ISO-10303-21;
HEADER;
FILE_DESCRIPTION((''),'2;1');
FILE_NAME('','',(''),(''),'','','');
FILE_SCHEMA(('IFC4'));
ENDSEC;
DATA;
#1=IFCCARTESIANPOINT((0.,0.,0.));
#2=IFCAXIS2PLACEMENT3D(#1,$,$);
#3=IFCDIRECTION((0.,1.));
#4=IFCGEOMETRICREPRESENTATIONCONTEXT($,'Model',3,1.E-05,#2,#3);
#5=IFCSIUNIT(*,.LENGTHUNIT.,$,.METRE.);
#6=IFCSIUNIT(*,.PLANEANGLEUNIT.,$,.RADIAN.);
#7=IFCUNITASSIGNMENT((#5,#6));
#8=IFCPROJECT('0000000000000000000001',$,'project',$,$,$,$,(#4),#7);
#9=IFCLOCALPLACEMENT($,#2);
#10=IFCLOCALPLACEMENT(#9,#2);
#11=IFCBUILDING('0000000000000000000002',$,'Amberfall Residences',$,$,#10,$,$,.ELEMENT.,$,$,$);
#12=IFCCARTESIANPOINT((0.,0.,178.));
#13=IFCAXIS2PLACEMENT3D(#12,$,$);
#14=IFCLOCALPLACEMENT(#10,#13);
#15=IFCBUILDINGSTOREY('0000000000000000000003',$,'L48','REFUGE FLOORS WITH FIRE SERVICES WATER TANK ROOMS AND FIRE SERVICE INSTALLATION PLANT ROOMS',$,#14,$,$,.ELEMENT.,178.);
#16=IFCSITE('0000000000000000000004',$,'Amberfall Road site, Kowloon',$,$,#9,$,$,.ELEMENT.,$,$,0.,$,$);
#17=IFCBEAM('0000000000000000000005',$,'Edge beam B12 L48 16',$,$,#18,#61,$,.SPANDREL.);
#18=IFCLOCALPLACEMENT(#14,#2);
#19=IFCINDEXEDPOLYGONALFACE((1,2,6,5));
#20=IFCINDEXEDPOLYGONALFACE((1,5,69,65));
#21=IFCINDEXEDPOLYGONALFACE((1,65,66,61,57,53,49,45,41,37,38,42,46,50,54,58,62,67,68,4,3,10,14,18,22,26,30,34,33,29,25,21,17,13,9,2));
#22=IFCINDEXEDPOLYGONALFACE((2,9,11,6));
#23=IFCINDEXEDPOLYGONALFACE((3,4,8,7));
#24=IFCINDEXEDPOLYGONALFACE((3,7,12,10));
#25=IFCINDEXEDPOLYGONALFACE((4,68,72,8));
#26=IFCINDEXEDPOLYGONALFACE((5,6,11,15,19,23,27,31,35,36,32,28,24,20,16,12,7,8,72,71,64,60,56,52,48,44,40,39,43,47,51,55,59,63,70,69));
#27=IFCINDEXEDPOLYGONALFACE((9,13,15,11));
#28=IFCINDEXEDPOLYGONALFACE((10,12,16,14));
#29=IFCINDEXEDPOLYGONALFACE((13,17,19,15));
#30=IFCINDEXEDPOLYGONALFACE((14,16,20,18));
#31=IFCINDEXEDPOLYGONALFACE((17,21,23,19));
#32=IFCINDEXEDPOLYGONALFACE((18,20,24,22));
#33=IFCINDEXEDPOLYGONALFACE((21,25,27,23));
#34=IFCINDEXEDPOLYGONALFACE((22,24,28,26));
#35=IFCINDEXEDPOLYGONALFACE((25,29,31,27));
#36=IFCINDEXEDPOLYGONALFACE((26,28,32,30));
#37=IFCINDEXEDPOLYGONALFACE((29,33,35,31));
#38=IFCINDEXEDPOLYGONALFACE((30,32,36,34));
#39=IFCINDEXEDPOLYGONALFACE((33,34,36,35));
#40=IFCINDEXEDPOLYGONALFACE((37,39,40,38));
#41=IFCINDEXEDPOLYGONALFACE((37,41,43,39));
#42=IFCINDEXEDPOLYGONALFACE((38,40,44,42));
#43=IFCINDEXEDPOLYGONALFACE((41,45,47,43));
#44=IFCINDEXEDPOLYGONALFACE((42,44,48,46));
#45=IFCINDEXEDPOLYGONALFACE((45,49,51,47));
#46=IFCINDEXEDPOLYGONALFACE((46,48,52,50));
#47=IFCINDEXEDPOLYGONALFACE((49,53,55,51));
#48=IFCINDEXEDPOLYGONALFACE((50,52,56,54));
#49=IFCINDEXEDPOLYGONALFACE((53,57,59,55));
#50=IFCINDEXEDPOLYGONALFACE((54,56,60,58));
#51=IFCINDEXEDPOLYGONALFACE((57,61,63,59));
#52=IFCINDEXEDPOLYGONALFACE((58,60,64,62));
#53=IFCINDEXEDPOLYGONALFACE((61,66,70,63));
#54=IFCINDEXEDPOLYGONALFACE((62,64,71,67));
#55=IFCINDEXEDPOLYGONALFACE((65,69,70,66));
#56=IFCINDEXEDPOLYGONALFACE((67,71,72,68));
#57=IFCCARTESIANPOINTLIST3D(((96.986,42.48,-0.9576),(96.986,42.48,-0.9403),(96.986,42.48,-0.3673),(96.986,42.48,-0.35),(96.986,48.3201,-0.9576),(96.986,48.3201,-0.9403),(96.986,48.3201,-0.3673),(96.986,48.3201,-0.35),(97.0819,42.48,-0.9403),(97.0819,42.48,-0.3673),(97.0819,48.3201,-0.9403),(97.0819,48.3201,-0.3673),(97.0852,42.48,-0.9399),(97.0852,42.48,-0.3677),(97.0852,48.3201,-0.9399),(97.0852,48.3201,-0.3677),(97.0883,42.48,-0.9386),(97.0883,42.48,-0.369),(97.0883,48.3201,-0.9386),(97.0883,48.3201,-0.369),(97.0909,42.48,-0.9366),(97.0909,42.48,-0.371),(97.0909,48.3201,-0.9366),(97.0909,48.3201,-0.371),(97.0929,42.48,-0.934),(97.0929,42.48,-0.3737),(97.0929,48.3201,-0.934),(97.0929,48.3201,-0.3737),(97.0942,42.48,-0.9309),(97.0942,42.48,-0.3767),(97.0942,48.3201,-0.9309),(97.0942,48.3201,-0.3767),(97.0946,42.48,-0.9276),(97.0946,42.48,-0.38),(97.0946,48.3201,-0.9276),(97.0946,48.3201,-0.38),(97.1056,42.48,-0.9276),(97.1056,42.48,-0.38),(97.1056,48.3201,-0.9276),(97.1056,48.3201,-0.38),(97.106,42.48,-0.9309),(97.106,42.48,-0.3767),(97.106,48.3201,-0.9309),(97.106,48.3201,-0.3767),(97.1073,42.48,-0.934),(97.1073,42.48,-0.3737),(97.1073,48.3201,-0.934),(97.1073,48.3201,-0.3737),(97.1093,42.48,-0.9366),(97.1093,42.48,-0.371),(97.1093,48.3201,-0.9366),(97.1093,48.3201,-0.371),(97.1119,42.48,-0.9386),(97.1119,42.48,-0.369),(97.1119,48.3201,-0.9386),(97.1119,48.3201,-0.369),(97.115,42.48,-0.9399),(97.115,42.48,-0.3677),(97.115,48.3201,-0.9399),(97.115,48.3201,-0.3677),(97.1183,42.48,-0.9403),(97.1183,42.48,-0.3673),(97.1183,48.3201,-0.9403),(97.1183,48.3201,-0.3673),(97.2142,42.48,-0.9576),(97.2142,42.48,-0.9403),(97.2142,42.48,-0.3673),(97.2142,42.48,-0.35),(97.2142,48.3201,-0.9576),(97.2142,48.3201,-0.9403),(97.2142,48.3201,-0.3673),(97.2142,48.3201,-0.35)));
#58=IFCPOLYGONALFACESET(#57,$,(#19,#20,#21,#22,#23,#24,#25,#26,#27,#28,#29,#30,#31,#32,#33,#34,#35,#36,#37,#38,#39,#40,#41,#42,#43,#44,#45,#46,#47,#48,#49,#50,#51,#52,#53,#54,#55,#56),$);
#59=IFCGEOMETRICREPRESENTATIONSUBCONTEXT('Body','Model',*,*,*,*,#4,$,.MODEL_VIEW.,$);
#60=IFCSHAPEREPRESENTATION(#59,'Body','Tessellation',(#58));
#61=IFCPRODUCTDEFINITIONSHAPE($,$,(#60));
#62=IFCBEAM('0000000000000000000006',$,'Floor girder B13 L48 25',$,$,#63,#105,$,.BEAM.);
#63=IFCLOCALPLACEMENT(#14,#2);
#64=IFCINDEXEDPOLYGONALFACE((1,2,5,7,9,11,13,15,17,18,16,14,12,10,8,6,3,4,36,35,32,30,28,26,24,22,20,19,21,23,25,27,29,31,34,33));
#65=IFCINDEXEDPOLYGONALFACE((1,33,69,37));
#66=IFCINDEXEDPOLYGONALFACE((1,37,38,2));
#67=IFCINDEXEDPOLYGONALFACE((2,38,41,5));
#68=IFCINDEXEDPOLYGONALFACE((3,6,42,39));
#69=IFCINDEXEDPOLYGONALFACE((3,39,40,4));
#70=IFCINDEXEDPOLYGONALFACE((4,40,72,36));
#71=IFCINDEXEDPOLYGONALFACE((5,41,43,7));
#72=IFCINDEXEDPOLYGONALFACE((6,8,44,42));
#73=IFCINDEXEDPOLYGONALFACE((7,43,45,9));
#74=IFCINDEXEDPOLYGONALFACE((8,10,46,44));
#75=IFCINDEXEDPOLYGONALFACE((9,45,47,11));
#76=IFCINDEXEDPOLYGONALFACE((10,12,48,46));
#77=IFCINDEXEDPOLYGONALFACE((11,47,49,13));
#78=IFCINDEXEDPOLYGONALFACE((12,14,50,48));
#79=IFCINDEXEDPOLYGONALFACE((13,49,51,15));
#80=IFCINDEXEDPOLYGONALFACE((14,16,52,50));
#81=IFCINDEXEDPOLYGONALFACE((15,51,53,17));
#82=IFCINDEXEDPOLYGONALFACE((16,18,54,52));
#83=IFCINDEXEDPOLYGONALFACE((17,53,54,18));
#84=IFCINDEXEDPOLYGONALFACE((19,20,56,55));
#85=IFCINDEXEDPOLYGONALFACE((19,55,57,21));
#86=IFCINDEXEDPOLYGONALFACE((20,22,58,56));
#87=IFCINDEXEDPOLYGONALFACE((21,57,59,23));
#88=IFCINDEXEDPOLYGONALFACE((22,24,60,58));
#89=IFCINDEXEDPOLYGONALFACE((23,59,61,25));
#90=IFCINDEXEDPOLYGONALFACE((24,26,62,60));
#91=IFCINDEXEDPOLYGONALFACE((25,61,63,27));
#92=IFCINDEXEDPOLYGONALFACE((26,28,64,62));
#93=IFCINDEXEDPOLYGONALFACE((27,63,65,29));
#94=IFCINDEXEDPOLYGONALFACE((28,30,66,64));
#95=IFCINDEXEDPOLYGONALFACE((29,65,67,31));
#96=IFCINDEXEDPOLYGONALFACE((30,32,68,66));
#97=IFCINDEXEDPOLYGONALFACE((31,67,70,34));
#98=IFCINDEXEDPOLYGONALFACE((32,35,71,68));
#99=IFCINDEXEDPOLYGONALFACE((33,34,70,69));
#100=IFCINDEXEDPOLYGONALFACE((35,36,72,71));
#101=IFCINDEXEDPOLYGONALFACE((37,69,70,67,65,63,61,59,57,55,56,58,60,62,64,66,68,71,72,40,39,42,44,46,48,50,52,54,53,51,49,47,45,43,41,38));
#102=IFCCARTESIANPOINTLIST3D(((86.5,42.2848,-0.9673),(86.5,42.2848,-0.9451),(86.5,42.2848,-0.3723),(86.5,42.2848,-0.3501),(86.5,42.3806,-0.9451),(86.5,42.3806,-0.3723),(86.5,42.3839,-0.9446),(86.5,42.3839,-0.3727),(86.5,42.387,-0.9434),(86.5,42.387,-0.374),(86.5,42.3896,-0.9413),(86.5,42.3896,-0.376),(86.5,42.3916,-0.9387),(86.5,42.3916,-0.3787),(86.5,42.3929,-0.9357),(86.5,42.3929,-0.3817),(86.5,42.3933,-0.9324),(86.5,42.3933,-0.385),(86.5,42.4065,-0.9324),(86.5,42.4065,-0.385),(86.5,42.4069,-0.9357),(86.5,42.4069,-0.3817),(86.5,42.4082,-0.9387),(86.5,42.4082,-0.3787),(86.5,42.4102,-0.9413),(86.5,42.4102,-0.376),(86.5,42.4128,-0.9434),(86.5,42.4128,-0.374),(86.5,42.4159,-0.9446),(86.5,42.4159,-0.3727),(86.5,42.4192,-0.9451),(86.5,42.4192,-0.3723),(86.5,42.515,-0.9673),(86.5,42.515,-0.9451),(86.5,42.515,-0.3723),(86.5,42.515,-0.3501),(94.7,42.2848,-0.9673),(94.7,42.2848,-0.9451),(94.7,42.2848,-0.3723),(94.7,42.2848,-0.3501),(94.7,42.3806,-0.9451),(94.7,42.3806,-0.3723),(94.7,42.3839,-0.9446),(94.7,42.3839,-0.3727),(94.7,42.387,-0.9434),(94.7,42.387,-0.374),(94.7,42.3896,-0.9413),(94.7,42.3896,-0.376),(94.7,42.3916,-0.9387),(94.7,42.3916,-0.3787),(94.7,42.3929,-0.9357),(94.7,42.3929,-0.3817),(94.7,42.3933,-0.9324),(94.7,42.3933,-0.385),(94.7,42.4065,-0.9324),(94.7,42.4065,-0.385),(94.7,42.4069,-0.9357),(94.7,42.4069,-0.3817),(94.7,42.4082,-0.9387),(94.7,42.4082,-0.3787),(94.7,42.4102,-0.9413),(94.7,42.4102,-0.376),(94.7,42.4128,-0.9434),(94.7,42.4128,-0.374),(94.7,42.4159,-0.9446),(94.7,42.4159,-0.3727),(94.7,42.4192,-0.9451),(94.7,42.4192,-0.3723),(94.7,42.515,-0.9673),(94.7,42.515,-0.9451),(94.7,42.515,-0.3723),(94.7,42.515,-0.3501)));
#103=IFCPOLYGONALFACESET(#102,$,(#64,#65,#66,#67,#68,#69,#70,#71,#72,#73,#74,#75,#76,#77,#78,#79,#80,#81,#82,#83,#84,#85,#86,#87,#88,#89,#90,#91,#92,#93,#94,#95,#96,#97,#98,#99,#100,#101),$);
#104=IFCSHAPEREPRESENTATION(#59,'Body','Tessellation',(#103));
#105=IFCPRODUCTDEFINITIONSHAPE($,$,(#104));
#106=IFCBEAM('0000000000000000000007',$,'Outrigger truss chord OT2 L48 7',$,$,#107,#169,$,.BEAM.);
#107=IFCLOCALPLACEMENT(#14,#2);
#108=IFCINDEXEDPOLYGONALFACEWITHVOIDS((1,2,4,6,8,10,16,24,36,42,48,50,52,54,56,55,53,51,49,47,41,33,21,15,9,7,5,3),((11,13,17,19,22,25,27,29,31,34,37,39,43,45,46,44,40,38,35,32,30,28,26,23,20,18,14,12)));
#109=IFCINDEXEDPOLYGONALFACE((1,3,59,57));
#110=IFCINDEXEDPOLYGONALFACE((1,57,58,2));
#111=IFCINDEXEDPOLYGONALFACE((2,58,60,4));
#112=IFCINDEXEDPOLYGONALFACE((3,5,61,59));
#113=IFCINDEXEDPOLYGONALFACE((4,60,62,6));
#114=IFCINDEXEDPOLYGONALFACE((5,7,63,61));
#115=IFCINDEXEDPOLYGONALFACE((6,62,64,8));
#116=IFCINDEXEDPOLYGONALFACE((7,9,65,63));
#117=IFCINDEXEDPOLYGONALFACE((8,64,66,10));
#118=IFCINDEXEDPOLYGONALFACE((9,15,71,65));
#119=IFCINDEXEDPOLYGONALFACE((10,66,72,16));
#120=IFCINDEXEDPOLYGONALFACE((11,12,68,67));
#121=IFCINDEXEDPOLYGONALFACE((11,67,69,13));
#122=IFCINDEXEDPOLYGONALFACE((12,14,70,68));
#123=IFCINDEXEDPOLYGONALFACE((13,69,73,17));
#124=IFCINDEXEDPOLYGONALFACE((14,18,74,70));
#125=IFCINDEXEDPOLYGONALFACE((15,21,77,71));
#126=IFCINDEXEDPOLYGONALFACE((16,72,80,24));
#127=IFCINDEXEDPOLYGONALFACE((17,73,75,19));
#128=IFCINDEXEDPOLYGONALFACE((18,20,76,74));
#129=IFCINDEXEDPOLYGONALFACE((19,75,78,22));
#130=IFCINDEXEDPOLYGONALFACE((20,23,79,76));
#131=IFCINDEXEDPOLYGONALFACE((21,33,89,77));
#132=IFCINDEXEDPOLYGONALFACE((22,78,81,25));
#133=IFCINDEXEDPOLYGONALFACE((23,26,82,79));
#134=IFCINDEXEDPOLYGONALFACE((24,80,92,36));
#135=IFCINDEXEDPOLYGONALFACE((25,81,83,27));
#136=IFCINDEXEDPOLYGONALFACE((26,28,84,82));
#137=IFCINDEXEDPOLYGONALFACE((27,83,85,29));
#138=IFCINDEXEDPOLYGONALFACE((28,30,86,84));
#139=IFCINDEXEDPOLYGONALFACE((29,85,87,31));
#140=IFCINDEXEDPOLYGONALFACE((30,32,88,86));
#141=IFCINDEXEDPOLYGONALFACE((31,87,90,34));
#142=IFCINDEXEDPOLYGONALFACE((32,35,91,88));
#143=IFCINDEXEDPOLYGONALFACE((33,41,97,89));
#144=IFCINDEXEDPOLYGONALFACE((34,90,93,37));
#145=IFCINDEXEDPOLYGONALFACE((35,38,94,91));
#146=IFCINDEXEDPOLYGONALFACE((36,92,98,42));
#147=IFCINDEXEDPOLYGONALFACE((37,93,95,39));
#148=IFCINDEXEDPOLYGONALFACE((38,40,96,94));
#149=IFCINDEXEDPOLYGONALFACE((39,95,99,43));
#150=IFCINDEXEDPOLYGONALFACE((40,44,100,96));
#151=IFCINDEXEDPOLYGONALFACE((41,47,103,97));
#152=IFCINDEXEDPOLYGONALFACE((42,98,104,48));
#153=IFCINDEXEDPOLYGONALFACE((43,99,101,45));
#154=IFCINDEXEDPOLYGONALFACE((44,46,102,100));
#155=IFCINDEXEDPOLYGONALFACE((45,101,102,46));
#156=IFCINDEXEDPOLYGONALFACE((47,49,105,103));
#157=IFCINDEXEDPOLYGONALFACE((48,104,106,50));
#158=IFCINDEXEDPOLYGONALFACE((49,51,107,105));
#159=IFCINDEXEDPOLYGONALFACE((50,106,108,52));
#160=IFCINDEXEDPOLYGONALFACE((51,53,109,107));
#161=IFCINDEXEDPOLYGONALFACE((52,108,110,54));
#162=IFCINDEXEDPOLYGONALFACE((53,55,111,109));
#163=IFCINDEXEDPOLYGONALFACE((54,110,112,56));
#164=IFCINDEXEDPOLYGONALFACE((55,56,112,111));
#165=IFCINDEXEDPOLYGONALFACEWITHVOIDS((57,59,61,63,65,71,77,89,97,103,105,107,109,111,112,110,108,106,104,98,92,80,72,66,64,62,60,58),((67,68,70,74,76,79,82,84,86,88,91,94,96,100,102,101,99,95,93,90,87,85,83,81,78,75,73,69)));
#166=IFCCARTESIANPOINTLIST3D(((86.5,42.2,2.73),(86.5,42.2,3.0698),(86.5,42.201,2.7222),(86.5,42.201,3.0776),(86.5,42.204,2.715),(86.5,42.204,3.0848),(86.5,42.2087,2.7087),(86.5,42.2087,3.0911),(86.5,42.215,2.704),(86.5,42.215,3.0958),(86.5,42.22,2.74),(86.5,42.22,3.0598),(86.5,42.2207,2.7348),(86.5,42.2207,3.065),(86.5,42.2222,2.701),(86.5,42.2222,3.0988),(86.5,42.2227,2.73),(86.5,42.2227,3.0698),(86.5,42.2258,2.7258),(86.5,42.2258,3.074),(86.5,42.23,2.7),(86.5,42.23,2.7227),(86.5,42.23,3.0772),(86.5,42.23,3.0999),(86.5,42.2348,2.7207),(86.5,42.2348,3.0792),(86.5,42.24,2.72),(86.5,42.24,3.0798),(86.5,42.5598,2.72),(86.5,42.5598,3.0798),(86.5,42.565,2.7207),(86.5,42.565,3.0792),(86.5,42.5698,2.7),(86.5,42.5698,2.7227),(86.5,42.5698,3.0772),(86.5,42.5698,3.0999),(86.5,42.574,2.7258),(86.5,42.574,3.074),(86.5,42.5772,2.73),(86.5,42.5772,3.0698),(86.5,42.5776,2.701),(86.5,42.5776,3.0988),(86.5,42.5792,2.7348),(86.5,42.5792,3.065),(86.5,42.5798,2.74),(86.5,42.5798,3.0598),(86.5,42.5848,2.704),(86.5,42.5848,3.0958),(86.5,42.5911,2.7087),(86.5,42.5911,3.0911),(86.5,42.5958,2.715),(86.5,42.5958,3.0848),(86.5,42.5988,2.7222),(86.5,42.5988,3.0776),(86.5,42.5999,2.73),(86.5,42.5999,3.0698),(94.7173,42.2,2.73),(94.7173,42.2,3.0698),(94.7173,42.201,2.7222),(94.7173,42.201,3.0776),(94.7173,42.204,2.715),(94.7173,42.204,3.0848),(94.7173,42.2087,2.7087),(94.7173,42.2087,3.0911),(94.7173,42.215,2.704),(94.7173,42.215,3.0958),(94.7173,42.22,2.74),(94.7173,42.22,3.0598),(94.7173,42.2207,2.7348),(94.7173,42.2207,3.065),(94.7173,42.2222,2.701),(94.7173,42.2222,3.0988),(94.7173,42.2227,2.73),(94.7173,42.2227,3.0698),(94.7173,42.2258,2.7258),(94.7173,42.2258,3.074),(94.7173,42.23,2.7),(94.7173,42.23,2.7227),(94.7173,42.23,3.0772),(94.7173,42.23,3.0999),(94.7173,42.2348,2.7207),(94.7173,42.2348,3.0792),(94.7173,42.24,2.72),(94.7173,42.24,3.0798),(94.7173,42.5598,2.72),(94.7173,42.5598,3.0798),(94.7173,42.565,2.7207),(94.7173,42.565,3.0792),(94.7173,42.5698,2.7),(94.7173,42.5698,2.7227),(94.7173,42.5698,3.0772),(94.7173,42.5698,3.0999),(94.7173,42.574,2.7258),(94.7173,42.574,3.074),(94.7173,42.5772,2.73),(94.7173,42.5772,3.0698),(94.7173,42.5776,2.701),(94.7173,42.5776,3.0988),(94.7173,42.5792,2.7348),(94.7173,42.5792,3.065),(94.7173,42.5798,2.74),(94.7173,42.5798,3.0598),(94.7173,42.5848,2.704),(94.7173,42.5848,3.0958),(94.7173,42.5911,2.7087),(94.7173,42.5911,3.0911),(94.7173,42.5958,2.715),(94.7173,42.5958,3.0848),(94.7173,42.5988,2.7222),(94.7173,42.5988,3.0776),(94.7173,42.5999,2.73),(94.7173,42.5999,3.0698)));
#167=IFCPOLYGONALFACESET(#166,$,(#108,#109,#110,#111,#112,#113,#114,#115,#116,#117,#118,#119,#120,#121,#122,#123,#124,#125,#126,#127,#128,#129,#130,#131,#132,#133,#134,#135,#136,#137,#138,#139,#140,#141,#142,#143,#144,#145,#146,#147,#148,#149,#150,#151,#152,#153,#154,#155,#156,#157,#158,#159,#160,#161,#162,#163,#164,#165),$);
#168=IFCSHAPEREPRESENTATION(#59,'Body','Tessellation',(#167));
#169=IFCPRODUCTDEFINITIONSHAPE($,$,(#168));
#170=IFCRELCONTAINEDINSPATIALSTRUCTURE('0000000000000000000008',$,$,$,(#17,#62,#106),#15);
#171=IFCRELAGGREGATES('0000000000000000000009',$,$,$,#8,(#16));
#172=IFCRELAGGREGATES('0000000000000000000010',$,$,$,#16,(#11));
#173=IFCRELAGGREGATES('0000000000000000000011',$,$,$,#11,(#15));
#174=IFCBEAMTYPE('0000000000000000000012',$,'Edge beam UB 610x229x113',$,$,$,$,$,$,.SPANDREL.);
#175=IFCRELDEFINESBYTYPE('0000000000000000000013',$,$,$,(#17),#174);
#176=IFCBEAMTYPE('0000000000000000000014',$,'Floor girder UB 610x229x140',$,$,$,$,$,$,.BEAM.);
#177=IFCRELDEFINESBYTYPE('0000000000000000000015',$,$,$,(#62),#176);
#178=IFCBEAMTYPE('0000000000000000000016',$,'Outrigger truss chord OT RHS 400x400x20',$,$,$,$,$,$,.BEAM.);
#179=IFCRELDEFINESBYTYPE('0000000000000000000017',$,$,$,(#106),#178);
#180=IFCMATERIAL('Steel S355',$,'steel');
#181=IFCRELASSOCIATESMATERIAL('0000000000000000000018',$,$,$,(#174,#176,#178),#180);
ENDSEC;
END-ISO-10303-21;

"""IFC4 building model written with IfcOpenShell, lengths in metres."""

from ifc_helpers import new_model, si_unit, direction, frame, origin, origin_2d, place, context, subcontext, project, spatial, hollow_rectangle, i_section, extrude, material, material_profile, profile_set, type_object, element, save


model = new_model("IFC4")

# Units and contexts
model_context = context("Model", 3, precision=1e-05, world=origin(), true_north=direction((0.0, 1.0)))
body_context = subcontext(model_context, "Body", "Model", "MODEL_VIEW")
ifc_project = project(units=[si_unit("LENGTHUNIT", "METRE"), si_unit("PLANEANGLEUNIT", "RADIAN")], contexts=[model_context])

# Site, building, storey
site_placement = place(None, origin())
site = spatial("IfcSite", under=ifc_project, at=site_placement, Name="Amberfall Road site, Kowloon", CompositionType="ELEMENT", RefElevation=0.0)
building_placement = place(site_placement, origin())
building = spatial("IfcBuilding", under=site, at=building_placement, Name="Amberfall Residences", CompositionType="ELEMENT")
storey_placement = place(building_placement, frame((0.0, 0.0, 178.0)))
storey = spatial("IfcBuildingStorey", under=building, at=storey_placement, Name="L48", Description="REFUGE FLOORS WITH FIRE SERVICES WATER TANK ROOMS AND FIRE SERVICE INSTALLATION PLANT ROOMS", CompositionType="ELEMENT", Elevation=178.0)

# Shared definitions
ifc_material_1 = material(Name="Steel S355", Category="steel")

# Beams
ifc_material_profile_1 = material_profile(ifc_material_1, i_section(OverallWidth=0.2283, OverallDepth=0.6077, WebThickness=0.011, FlangeThickness=0.0173, FilletRadius=0.0127, at=origin_2d()), Name="UB 610x229x113")
ifc_profile_set_1 = profile_set([ifc_material_profile_1], Name="Steel S355")
beam_type_1 = type_object("IfcBeamType", Name="Edge beam UB 610x229x113", PredefinedType="SPANDREL", material=ifc_profile_set_1)
beam_1_placement = place(storey_placement, frame((97.1001, 42.48, -0.6538), z_axis=(0.0, 1.0, 0.0), x_axis=(-1.0, 0.0, 0.0)))
element("IfcBeam", 1, at=beam_1_placement, inside=storey, type_object=beam_type_1, Name="Edge beam B12 L48 16", PredefinedType="SPANDREL", context=body_context, shape_type="SweptSolid", body=[
    extrude(i_section(OverallWidth=0.2283, OverallDepth=0.6077, WebThickness=0.011, FlangeThickness=0.0173, FilletRadius=0.0127, at=origin_2d()), origin(), (0.0, 0.0, 1.0), 5.8401),
])
ifc_material_profile_2 = material_profile(ifc_material_1, i_section(OverallWidth=0.2302, OverallDepth=0.6172, WebThickness=0.0132, FlangeThickness=0.0222, FilletRadius=0.0127, at=origin_2d()), Name="UB 610x229x140")
ifc_profile_set_2 = profile_set([ifc_material_profile_2], Name="Steel S355")
beam_type_2 = type_object("IfcBeamType", Name="Floor girder UB 610x229x140", PredefinedType="BEAM", material=ifc_profile_set_2)
beam_2_placement = place(storey_placement, frame((94.7, 42.3999, -0.6587), z_axis=(-1.0, 0.0, 0.0), x_axis=(0.0, -1.0, 0.0)))
element("IfcBeam", 2, at=beam_2_placement, inside=storey, type_object=beam_type_2, Name="Floor girder B13 L48 25", PredefinedType="BEAM", context=body_context, shape_type="SweptSolid", body=[
    extrude(i_section(OverallWidth=0.2302, OverallDepth=0.6172, WebThickness=0.0132, FlangeThickness=0.0222, FilletRadius=0.0127, at=origin_2d()), origin(), (0.0, 0.0, 1.0), 8.2),
])
ifc_material_profile_3 = material_profile(ifc_material_1, hollow_rectangle(XDim=0.3999, YDim=0.3999, WallThickness=0.02, InnerFilletRadius=0.02, OuterFilletRadius=0.03, at=origin_2d()), Name="RHS 400x400x20")
ifc_profile_set_3 = profile_set([ifc_material_profile_3], Name="Steel S355")
beam_type_3 = type_object("IfcBeamType", Name="Outrigger truss chord OT RHS 400x400x20", PredefinedType="BEAM", material=ifc_profile_set_3)
beam_3_placement = place(storey_placement, frame((94.7173, 42.3999, 2.8999), z_axis=(-1.0, 0.0, 0.0), x_axis=(0.0, -1.0, 0.0)))
element("IfcBeam", 3, at=beam_3_placement, inside=storey, type_object=beam_type_3, Name="Outrigger truss chord OT2 L48 7", PredefinedType="BEAM", context=body_context, shape_type="SweptSolid", body=[
    extrude(hollow_rectangle(XDim=0.3999, YDim=0.3999, WallThickness=0.02, InnerFilletRadius=0.02, OuterFilletRadius=0.03, at=origin_2d()), origin(), (0.0, 0.0, 1.0), 8.2173),
])

save(model, "model.ifc")
